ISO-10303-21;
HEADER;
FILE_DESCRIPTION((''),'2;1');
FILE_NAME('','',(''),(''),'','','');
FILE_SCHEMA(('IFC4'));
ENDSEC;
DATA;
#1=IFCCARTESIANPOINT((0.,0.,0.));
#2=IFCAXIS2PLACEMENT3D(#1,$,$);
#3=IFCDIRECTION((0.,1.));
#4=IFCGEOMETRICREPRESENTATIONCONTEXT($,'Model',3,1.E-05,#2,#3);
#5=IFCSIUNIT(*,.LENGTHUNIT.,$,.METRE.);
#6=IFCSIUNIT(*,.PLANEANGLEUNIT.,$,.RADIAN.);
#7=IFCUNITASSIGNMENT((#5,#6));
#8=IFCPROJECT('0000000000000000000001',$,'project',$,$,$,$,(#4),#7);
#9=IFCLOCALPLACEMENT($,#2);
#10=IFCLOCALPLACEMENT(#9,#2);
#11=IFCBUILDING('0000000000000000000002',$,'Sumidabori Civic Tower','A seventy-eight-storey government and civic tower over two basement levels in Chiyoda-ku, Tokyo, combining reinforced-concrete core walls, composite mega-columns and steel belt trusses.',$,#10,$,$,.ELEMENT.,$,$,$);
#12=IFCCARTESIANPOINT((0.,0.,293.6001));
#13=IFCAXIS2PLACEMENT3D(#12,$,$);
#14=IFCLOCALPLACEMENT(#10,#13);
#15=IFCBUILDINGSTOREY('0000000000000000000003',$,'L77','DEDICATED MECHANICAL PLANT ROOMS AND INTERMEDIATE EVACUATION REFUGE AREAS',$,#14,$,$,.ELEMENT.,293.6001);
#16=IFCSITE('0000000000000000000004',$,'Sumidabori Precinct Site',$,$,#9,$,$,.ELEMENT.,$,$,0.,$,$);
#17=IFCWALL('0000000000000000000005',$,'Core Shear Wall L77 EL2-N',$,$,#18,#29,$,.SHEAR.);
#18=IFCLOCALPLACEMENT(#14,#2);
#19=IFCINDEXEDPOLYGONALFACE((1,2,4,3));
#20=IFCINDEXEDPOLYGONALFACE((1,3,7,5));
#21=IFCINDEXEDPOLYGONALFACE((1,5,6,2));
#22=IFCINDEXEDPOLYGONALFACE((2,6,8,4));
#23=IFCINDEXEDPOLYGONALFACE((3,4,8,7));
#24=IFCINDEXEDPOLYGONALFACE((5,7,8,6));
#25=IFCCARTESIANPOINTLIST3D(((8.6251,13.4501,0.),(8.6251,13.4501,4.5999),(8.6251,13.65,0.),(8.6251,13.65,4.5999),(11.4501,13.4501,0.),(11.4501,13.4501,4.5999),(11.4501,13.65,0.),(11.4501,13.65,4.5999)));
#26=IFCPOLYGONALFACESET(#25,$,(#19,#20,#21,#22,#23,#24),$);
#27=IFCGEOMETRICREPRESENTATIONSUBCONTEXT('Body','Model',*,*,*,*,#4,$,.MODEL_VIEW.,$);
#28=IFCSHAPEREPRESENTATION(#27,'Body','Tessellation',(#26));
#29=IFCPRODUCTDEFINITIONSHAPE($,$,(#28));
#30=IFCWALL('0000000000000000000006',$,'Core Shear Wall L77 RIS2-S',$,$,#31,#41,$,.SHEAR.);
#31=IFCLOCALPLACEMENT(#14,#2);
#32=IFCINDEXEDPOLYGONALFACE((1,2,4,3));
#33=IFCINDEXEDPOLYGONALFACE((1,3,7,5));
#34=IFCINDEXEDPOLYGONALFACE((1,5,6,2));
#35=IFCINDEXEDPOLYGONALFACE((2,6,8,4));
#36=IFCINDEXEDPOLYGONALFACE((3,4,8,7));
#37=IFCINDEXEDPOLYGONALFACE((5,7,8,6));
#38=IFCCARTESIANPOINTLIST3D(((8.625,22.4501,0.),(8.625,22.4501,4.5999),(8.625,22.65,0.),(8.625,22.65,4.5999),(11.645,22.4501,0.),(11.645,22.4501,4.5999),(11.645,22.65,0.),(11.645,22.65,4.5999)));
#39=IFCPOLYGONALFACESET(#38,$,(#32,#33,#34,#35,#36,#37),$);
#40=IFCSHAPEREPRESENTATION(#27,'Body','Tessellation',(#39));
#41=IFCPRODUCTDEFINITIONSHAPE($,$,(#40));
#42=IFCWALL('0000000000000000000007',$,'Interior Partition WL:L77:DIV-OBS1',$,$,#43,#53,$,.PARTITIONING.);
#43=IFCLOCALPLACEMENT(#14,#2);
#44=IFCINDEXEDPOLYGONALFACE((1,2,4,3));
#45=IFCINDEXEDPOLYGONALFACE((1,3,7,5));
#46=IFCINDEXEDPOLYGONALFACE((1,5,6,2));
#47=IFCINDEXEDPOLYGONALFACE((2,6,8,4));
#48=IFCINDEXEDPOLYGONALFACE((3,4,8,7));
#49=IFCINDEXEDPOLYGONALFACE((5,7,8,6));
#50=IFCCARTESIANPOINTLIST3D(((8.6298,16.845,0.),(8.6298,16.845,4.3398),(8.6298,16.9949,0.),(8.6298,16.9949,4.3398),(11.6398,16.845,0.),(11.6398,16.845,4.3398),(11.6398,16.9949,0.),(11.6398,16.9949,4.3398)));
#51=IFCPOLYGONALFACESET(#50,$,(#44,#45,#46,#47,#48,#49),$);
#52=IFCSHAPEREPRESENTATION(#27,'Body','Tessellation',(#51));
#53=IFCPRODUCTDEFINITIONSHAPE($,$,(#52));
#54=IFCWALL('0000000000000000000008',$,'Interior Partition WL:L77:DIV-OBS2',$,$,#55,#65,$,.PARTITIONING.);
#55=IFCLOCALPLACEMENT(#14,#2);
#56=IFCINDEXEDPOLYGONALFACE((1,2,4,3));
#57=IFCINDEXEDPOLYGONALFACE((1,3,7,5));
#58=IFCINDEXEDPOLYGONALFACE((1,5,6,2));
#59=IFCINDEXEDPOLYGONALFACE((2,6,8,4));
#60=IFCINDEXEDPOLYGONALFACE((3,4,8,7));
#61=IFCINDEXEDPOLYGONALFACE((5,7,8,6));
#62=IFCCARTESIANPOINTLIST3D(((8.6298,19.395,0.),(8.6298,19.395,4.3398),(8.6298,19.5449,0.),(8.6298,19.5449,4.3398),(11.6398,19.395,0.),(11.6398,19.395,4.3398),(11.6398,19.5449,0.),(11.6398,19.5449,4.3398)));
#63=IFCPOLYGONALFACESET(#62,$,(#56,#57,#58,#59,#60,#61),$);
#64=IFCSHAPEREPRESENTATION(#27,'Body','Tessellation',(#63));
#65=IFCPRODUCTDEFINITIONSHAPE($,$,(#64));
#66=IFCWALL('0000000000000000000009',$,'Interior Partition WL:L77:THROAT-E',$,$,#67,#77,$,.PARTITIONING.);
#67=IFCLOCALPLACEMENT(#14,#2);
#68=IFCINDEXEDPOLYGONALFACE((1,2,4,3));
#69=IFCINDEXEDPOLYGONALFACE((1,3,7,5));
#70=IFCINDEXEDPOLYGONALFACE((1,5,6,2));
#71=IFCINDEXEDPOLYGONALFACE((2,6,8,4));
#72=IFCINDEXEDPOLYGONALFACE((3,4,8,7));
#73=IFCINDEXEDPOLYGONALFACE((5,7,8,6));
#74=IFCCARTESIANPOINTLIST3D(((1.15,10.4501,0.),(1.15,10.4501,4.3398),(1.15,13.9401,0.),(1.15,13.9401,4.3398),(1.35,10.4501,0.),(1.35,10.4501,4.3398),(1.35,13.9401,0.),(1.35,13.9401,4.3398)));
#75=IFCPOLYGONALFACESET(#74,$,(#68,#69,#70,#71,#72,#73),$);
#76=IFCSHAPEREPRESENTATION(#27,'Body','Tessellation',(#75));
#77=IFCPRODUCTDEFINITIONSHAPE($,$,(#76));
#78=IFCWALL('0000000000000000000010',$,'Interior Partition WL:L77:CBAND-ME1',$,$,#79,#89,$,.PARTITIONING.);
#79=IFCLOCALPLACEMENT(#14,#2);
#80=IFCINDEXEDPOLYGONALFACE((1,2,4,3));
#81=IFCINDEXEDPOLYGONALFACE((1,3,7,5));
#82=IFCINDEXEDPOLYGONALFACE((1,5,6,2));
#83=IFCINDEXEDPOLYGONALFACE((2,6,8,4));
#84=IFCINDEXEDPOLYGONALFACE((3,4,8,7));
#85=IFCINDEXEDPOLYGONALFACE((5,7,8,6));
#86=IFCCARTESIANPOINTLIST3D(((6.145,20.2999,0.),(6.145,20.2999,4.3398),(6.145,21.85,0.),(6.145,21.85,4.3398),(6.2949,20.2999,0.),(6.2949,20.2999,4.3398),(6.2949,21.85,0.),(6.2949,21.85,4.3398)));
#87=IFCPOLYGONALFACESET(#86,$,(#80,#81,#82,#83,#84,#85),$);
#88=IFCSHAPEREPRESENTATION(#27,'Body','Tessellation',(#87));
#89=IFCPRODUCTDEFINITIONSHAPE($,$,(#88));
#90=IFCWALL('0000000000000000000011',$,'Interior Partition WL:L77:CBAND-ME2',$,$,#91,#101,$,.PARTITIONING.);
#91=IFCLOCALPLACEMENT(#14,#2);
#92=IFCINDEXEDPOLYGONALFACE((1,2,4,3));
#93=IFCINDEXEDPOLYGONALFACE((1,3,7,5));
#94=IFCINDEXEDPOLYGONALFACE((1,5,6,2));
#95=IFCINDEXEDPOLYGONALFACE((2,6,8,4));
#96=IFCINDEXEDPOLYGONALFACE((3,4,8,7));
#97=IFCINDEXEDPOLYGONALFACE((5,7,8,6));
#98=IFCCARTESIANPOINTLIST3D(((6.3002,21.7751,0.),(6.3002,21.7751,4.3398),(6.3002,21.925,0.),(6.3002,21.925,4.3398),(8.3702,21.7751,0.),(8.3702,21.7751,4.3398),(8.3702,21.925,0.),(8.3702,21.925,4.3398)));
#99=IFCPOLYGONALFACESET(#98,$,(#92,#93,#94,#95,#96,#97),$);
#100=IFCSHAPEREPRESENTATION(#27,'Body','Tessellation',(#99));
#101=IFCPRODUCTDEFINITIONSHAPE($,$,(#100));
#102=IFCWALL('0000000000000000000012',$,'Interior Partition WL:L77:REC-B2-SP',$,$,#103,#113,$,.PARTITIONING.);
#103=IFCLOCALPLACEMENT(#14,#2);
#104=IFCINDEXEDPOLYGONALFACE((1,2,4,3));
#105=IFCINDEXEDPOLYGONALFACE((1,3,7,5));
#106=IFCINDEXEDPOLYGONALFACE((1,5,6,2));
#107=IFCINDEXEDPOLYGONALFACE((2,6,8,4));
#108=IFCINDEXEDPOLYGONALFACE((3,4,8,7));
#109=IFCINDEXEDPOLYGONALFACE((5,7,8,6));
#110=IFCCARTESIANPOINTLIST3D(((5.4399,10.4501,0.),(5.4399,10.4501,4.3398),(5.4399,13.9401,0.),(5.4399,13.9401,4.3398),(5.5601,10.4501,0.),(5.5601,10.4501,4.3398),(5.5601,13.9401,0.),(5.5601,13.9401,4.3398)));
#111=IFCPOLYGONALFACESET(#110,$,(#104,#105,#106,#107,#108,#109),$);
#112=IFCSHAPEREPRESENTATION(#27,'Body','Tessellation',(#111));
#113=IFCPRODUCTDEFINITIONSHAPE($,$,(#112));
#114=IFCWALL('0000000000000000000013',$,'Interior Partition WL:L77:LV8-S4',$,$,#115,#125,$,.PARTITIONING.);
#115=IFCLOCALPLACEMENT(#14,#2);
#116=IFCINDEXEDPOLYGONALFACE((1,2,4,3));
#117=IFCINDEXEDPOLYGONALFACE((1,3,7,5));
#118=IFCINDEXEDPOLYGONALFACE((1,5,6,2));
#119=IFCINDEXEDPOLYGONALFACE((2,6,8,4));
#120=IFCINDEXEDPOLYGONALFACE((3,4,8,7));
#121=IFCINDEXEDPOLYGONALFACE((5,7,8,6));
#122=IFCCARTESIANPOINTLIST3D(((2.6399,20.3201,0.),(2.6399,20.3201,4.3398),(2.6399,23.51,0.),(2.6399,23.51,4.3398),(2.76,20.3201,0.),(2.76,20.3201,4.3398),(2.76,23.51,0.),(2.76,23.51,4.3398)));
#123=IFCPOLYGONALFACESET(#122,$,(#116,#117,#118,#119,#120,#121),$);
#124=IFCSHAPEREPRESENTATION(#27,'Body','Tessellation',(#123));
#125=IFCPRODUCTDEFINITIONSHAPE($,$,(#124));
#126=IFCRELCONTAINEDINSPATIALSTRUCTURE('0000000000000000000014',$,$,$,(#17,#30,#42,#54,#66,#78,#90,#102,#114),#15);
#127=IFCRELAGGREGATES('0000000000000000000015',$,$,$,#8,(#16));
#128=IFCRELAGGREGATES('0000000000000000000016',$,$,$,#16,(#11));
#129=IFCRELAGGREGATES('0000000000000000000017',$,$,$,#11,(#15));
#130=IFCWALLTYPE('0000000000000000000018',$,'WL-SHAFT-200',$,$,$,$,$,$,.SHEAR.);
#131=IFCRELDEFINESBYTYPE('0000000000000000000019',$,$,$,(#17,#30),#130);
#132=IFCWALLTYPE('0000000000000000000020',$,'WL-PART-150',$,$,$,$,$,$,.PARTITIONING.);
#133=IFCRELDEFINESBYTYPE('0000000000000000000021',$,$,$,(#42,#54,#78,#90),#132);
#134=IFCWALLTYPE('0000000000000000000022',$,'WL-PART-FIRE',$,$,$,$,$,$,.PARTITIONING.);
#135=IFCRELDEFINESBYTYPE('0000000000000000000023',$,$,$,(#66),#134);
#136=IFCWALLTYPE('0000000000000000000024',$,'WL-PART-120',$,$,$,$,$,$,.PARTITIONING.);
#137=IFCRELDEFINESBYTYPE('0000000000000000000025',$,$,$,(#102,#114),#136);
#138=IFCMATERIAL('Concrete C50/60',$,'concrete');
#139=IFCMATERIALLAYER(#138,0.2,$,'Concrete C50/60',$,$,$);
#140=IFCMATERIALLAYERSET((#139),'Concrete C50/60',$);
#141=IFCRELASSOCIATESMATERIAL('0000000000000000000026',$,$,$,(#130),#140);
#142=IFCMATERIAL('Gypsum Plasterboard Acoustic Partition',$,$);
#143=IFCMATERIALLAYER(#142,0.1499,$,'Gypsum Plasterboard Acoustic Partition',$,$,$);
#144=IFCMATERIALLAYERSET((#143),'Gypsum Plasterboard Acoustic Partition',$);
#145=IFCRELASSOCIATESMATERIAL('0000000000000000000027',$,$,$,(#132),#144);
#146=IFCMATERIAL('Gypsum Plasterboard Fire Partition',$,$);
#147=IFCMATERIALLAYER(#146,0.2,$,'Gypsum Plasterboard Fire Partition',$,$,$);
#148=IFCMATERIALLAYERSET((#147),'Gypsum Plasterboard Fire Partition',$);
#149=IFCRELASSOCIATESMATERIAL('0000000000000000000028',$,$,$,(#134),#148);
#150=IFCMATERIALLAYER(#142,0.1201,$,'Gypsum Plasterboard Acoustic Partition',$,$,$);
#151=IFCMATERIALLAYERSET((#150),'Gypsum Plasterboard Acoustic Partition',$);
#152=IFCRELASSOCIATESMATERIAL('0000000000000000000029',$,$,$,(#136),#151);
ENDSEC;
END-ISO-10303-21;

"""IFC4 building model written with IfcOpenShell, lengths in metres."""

from ifc_helpers import new_model, si_unit, direction, frame, frame_2d, origin, place, context, subcontext, project, spatial, rectangle, extrude, source, transform, mapped, material, layer, layer_set, type_object, element, save


model = new_model("IFC4")

# Units and contexts
model_context = context("Model", 3, precision=1e-05, world=origin(), true_north=direction((0.0, 1.0)))
body_context = subcontext(model_context, "Body", "Model", "MODEL_VIEW")
ifc_project = project(units=[si_unit("LENGTHUNIT", "METRE"), si_unit("PLANEANGLEUNIT", "RADIAN")], contexts=[model_context])

# Site, building, storey
site_placement = place(None, origin())
site = spatial("IfcSite", under=ifc_project, at=site_placement, Name="Sumidabori Precinct Site", CompositionType="ELEMENT", RefElevation=0.0)
building_placement = place(site_placement, origin())
building = spatial("IfcBuilding", under=site, at=building_placement, Name="Sumidabori Civic Tower", Description="A seventy-eight-storey government and civic tower over two basement levels in Chiyoda-ku, Tokyo, combining reinforced-concrete core walls, composite mega-columns and steel belt trusses.", CompositionType="ELEMENT")
storey_placement = place(building_placement, frame((0.0, 0.0, 293.6001)))
storey = spatial("IfcBuildingStorey", under=building, at=storey_placement, Name="L77", Description="DEDICATED MECHANICAL PLANT ROOMS AND INTERMEDIATE EVACUATION REFUGE AREAS", CompositionType="ELEMENT", Elevation=293.6001)

# Shared definitions
ifc_material_1 = material(Name="Concrete C50/60", Category="concrete")
ifc_layer_1 = layer(ifc_material_1, 0.2, Name="Concrete C50/60")
ifc_layer_set_1 = layer_set([ifc_layer_1], Name="Concrete C50/60")
wall_type_1 = type_object("IfcWallType", Name="WL-SHAFT-200", PredefinedType="SHEAR", material=ifc_layer_set_1)

# Walls
shared_shape_1 = source(origin(), body_context, "Body", "SweptSolid", [
    extrude(rectangle(XDim=2.825, YDim=0.2, at=frame_2d((1.4126, 0.0))), origin(), (0.0, 0.0, 1.0), 4.5999),
])
wall_1_placement = place(storey_placement, frame((8.625, 13.55, 0.0), z_axis=(0.0, 0.0, 1.0), x_axis=(1.0, 0.0, 0.0)))
element("IfcWall", 1, at=wall_1_placement, inside=storey, type_object=wall_type_1, Name="Core Shear Wall L77 EL2-N", PredefinedType="SHEAR", context=body_context, shape_type="MappedRepresentation", body=[
    mapped(shared_shape_1, transform((0.0, 0.0, 0.0), x_axis=(1.0, 0.0, 0.0), y_axis=(0.0, 1.0, 0.0), z_axis=(0.0, 0.0, 1.0), scale=1.0)),
])
shared_shape_2 = source(origin(), body_context, "Body", "SweptSolid", [
    extrude(rectangle(XDim=3.02, YDim=0.2, at=frame_2d((1.51, 0.0))), origin(), (0.0, 0.0, 1.0), 4.5999),
])
wall_2_placement = place(storey_placement, frame((8.625, 22.55, 0.0), z_axis=(0.0, 0.0, 1.0), x_axis=(1.0, 0.0, 0.0)))
element("IfcWall", 2, at=wall_2_placement, inside=storey, type_object=wall_type_1, Name="Core Shear Wall L77 RIS2-S", PredefinedType="SHEAR", context=body_context, shape_type="MappedRepresentation", body=[
    mapped(shared_shape_2, transform((0.0, 0.0, 0.0), x_axis=(1.0, 0.0, 0.0), y_axis=(0.0, 1.0, 0.0), z_axis=(0.0, 0.0, 1.0), scale=1.0)),
])
ifc_material_2 = material(Name="Gypsum Plasterboard Acoustic Partition")
ifc_layer_2 = layer(ifc_material_2, 0.1499, Name="Gypsum Plasterboard Acoustic Partition")
ifc_layer_set_2 = layer_set([ifc_layer_2], Name="Gypsum Plasterboard Acoustic Partition")
wall_type_2 = type_object("IfcWallType", Name="WL-PART-150", PredefinedType="PARTITIONING", material=ifc_layer_set_2)
shared_shape_3 = source(origin(), body_context, "Body", "SweptSolid", [
    extrude(rectangle(XDim=3.01, YDim=0.1499, at=frame_2d((1.5049, 0.0))), origin(), (0.0, 0.0, 1.0), 4.3398),
])
for number, where, z_axis, x_axis, name in (
    (3, (8.6299, 16.9199, 0.0), (0.0, 0.0, 1.0), (1.0, 0.0, 0.0), "Interior Partition WL:L77:DIV-OBS1"),
    (4, (8.6299, 19.47, 0.0), (0.0, 0.0, 1.0), (1.0, 0.0, 0.0), "Interior Partition WL:L77:DIV-OBS2"),
):
    element("IfcWall", number, at=place(storey_placement, frame(where, z_axis=z_axis, x_axis=x_axis)), inside=storey, type_object=wall_type_2, Name=name, PredefinedType="PARTITIONING", context=body_context, shape_type="MappedRepresentation", body=[
        mapped(shared_shape_3, transform((0.0, 0.0, 0.0), x_axis=(1.0, 0.0, 0.0), y_axis=(0.0, 1.0, 0.0), z_axis=(0.0, 0.0, 1.0), scale=1.0)),
    ])

# Shared definitions
ifc_material_3 = material(Name="Gypsum Plasterboard Fire Partition")
ifc_layer_3 = layer(ifc_material_3, 0.2, Name="Gypsum Plasterboard Fire Partition")
ifc_layer_set_3 = layer_set([ifc_layer_3], Name="Gypsum Plasterboard Fire Partition")
wall_type_3 = type_object("IfcWallType", Name="WL-PART-FIRE", PredefinedType="PARTITIONING", material=ifc_layer_set_3)

# Walls
shared_shape_4 = source(origin(), body_context, "Body", "SweptSolid", [
    extrude(rectangle(XDim=3.49, YDim=0.2, at=frame_2d((1.7451, 0.0))), origin(), (0.0, 0.0, 1.0), 4.3398),
])
wall_3_placement = place(storey_placement, frame((1.25, 10.45, 0.0), z_axis=(0.0, 0.0, 1.0), x_axis=(0.0, 1.0, 0.0)))
element("IfcWall", 5, at=wall_3_placement, inside=storey, type_object=wall_type_3, Name="Interior Partition WL:L77:THROAT-E", PredefinedType="PARTITIONING", context=body_context, shape_type="MappedRepresentation", body=[
    mapped(shared_shape_4, transform((0.0, 0.0, 0.0), x_axis=(1.0, 0.0, 0.0), y_axis=(0.0, 1.0, 0.0), z_axis=(0.0, 0.0, 1.0), scale=1.0)),
])
shared_shape_5 = source(origin(), body_context, "Body", "SweptSolid", [
    extrude(rectangle(XDim=1.55, YDim=0.1499, at=frame_2d((0.7749, 0.0))), origin(), (0.0, 0.0, 1.0), 4.3398),
])
wall_4_placement = place(storey_placement, frame((6.22, 20.3, 0.0), z_axis=(0.0, 0.0, 1.0), x_axis=(0.0, 1.0, 0.0)))
element("IfcWall", 6, at=wall_4_placement, inside=storey, type_object=wall_type_2, Name="Interior Partition WL:L77:CBAND-ME1", PredefinedType="PARTITIONING", context=body_context, shape_type="MappedRepresentation", body=[
    mapped(shared_shape_5, transform((0.0, 0.0, 0.0), x_axis=(1.0, 0.0, 0.0), y_axis=(0.0, 1.0, 0.0), z_axis=(0.0, 0.0, 1.0), scale=1.0)),
])
shared_shape_6 = source(origin(), body_context, "Body", "SweptSolid", [
    extrude(rectangle(XDim=2.0701, YDim=0.1499, at=frame_2d((1.0352, 0.0))), origin(), (0.0, 0.0, 1.0), 4.3398),
])
wall_5_placement = place(storey_placement, frame((6.3, 21.8501, 0.0), z_axis=(0.0, 0.0, 1.0), x_axis=(1.0, 0.0, 0.0)))
element("IfcWall", 7, at=wall_5_placement, inside=storey, type_object=wall_type_2, Name="Interior Partition WL:L77:CBAND-ME2", PredefinedType="PARTITIONING", context=body_context, shape_type="MappedRepresentation", body=[
    mapped(shared_shape_6, transform((0.0, 0.0, 0.0), x_axis=(1.0, 0.0, 0.0), y_axis=(0.0, 1.0, 0.0), z_axis=(0.0, 0.0, 1.0), scale=1.0)),
])
ifc_layer_4 = layer(ifc_material_2, 0.1201, Name="Gypsum Plasterboard Acoustic Partition")
ifc_layer_set_4 = layer_set([ifc_layer_4], Name="Gypsum Plasterboard Acoustic Partition")
wall_type_4 = type_object("IfcWallType", Name="WL-PART-120", PredefinedType="PARTITIONING", material=ifc_layer_set_4)
shared_shape_7 = source(origin(), body_context, "Body", "SweptSolid", [
    extrude(rectangle(XDim=3.49, YDim=0.1201, at=frame_2d((1.7451, 0.0))), origin(), (0.0, 0.0, 1.0), 4.3398),
])
wall_6_placement = place(storey_placement, frame((5.5, 10.45, 0.0), z_axis=(0.0, 0.0, 1.0), x_axis=(0.0, 1.0, 0.0)))
element("IfcWall", 8, at=wall_6_placement, inside=storey, type_object=wall_type_4, Name="Interior Partition WL:L77:REC-B2-SP", PredefinedType="PARTITIONING", context=body_context, shape_type="MappedRepresentation", body=[
    mapped(shared_shape_7, transform((0.0, 0.0, 0.0), x_axis=(1.0, 0.0, 0.0), y_axis=(0.0, 1.0, 0.0), z_axis=(0.0, 0.0, 1.0), scale=1.0)),
])
shared_shape_8 = source(origin(), body_context, "Body", "SweptSolid", [
    extrude(rectangle(XDim=3.1899, YDim=0.1201, at=frame_2d((1.595, 0.0))), origin(), (0.0, 0.0, 1.0), 4.3398),
])
wall_7_placement = place(storey_placement, frame((2.7, 20.3201, 0.0), z_axis=(0.0, 0.0, 1.0), x_axis=(0.0, 1.0, 0.0)))
element("IfcWall", 9, at=wall_7_placement, inside=storey, type_object=wall_type_4, Name="Interior Partition WL:L77:LV8-S4", PredefinedType="PARTITIONING", context=body_context, shape_type="MappedRepresentation", body=[
    mapped(shared_shape_8, transform((0.0, 0.0, 0.0), x_axis=(1.0, 0.0, 0.0), y_axis=(0.0, 1.0, 0.0), z_axis=(0.0, 0.0, 1.0), scale=1.0)),
])

save(model, "model.ifc")
